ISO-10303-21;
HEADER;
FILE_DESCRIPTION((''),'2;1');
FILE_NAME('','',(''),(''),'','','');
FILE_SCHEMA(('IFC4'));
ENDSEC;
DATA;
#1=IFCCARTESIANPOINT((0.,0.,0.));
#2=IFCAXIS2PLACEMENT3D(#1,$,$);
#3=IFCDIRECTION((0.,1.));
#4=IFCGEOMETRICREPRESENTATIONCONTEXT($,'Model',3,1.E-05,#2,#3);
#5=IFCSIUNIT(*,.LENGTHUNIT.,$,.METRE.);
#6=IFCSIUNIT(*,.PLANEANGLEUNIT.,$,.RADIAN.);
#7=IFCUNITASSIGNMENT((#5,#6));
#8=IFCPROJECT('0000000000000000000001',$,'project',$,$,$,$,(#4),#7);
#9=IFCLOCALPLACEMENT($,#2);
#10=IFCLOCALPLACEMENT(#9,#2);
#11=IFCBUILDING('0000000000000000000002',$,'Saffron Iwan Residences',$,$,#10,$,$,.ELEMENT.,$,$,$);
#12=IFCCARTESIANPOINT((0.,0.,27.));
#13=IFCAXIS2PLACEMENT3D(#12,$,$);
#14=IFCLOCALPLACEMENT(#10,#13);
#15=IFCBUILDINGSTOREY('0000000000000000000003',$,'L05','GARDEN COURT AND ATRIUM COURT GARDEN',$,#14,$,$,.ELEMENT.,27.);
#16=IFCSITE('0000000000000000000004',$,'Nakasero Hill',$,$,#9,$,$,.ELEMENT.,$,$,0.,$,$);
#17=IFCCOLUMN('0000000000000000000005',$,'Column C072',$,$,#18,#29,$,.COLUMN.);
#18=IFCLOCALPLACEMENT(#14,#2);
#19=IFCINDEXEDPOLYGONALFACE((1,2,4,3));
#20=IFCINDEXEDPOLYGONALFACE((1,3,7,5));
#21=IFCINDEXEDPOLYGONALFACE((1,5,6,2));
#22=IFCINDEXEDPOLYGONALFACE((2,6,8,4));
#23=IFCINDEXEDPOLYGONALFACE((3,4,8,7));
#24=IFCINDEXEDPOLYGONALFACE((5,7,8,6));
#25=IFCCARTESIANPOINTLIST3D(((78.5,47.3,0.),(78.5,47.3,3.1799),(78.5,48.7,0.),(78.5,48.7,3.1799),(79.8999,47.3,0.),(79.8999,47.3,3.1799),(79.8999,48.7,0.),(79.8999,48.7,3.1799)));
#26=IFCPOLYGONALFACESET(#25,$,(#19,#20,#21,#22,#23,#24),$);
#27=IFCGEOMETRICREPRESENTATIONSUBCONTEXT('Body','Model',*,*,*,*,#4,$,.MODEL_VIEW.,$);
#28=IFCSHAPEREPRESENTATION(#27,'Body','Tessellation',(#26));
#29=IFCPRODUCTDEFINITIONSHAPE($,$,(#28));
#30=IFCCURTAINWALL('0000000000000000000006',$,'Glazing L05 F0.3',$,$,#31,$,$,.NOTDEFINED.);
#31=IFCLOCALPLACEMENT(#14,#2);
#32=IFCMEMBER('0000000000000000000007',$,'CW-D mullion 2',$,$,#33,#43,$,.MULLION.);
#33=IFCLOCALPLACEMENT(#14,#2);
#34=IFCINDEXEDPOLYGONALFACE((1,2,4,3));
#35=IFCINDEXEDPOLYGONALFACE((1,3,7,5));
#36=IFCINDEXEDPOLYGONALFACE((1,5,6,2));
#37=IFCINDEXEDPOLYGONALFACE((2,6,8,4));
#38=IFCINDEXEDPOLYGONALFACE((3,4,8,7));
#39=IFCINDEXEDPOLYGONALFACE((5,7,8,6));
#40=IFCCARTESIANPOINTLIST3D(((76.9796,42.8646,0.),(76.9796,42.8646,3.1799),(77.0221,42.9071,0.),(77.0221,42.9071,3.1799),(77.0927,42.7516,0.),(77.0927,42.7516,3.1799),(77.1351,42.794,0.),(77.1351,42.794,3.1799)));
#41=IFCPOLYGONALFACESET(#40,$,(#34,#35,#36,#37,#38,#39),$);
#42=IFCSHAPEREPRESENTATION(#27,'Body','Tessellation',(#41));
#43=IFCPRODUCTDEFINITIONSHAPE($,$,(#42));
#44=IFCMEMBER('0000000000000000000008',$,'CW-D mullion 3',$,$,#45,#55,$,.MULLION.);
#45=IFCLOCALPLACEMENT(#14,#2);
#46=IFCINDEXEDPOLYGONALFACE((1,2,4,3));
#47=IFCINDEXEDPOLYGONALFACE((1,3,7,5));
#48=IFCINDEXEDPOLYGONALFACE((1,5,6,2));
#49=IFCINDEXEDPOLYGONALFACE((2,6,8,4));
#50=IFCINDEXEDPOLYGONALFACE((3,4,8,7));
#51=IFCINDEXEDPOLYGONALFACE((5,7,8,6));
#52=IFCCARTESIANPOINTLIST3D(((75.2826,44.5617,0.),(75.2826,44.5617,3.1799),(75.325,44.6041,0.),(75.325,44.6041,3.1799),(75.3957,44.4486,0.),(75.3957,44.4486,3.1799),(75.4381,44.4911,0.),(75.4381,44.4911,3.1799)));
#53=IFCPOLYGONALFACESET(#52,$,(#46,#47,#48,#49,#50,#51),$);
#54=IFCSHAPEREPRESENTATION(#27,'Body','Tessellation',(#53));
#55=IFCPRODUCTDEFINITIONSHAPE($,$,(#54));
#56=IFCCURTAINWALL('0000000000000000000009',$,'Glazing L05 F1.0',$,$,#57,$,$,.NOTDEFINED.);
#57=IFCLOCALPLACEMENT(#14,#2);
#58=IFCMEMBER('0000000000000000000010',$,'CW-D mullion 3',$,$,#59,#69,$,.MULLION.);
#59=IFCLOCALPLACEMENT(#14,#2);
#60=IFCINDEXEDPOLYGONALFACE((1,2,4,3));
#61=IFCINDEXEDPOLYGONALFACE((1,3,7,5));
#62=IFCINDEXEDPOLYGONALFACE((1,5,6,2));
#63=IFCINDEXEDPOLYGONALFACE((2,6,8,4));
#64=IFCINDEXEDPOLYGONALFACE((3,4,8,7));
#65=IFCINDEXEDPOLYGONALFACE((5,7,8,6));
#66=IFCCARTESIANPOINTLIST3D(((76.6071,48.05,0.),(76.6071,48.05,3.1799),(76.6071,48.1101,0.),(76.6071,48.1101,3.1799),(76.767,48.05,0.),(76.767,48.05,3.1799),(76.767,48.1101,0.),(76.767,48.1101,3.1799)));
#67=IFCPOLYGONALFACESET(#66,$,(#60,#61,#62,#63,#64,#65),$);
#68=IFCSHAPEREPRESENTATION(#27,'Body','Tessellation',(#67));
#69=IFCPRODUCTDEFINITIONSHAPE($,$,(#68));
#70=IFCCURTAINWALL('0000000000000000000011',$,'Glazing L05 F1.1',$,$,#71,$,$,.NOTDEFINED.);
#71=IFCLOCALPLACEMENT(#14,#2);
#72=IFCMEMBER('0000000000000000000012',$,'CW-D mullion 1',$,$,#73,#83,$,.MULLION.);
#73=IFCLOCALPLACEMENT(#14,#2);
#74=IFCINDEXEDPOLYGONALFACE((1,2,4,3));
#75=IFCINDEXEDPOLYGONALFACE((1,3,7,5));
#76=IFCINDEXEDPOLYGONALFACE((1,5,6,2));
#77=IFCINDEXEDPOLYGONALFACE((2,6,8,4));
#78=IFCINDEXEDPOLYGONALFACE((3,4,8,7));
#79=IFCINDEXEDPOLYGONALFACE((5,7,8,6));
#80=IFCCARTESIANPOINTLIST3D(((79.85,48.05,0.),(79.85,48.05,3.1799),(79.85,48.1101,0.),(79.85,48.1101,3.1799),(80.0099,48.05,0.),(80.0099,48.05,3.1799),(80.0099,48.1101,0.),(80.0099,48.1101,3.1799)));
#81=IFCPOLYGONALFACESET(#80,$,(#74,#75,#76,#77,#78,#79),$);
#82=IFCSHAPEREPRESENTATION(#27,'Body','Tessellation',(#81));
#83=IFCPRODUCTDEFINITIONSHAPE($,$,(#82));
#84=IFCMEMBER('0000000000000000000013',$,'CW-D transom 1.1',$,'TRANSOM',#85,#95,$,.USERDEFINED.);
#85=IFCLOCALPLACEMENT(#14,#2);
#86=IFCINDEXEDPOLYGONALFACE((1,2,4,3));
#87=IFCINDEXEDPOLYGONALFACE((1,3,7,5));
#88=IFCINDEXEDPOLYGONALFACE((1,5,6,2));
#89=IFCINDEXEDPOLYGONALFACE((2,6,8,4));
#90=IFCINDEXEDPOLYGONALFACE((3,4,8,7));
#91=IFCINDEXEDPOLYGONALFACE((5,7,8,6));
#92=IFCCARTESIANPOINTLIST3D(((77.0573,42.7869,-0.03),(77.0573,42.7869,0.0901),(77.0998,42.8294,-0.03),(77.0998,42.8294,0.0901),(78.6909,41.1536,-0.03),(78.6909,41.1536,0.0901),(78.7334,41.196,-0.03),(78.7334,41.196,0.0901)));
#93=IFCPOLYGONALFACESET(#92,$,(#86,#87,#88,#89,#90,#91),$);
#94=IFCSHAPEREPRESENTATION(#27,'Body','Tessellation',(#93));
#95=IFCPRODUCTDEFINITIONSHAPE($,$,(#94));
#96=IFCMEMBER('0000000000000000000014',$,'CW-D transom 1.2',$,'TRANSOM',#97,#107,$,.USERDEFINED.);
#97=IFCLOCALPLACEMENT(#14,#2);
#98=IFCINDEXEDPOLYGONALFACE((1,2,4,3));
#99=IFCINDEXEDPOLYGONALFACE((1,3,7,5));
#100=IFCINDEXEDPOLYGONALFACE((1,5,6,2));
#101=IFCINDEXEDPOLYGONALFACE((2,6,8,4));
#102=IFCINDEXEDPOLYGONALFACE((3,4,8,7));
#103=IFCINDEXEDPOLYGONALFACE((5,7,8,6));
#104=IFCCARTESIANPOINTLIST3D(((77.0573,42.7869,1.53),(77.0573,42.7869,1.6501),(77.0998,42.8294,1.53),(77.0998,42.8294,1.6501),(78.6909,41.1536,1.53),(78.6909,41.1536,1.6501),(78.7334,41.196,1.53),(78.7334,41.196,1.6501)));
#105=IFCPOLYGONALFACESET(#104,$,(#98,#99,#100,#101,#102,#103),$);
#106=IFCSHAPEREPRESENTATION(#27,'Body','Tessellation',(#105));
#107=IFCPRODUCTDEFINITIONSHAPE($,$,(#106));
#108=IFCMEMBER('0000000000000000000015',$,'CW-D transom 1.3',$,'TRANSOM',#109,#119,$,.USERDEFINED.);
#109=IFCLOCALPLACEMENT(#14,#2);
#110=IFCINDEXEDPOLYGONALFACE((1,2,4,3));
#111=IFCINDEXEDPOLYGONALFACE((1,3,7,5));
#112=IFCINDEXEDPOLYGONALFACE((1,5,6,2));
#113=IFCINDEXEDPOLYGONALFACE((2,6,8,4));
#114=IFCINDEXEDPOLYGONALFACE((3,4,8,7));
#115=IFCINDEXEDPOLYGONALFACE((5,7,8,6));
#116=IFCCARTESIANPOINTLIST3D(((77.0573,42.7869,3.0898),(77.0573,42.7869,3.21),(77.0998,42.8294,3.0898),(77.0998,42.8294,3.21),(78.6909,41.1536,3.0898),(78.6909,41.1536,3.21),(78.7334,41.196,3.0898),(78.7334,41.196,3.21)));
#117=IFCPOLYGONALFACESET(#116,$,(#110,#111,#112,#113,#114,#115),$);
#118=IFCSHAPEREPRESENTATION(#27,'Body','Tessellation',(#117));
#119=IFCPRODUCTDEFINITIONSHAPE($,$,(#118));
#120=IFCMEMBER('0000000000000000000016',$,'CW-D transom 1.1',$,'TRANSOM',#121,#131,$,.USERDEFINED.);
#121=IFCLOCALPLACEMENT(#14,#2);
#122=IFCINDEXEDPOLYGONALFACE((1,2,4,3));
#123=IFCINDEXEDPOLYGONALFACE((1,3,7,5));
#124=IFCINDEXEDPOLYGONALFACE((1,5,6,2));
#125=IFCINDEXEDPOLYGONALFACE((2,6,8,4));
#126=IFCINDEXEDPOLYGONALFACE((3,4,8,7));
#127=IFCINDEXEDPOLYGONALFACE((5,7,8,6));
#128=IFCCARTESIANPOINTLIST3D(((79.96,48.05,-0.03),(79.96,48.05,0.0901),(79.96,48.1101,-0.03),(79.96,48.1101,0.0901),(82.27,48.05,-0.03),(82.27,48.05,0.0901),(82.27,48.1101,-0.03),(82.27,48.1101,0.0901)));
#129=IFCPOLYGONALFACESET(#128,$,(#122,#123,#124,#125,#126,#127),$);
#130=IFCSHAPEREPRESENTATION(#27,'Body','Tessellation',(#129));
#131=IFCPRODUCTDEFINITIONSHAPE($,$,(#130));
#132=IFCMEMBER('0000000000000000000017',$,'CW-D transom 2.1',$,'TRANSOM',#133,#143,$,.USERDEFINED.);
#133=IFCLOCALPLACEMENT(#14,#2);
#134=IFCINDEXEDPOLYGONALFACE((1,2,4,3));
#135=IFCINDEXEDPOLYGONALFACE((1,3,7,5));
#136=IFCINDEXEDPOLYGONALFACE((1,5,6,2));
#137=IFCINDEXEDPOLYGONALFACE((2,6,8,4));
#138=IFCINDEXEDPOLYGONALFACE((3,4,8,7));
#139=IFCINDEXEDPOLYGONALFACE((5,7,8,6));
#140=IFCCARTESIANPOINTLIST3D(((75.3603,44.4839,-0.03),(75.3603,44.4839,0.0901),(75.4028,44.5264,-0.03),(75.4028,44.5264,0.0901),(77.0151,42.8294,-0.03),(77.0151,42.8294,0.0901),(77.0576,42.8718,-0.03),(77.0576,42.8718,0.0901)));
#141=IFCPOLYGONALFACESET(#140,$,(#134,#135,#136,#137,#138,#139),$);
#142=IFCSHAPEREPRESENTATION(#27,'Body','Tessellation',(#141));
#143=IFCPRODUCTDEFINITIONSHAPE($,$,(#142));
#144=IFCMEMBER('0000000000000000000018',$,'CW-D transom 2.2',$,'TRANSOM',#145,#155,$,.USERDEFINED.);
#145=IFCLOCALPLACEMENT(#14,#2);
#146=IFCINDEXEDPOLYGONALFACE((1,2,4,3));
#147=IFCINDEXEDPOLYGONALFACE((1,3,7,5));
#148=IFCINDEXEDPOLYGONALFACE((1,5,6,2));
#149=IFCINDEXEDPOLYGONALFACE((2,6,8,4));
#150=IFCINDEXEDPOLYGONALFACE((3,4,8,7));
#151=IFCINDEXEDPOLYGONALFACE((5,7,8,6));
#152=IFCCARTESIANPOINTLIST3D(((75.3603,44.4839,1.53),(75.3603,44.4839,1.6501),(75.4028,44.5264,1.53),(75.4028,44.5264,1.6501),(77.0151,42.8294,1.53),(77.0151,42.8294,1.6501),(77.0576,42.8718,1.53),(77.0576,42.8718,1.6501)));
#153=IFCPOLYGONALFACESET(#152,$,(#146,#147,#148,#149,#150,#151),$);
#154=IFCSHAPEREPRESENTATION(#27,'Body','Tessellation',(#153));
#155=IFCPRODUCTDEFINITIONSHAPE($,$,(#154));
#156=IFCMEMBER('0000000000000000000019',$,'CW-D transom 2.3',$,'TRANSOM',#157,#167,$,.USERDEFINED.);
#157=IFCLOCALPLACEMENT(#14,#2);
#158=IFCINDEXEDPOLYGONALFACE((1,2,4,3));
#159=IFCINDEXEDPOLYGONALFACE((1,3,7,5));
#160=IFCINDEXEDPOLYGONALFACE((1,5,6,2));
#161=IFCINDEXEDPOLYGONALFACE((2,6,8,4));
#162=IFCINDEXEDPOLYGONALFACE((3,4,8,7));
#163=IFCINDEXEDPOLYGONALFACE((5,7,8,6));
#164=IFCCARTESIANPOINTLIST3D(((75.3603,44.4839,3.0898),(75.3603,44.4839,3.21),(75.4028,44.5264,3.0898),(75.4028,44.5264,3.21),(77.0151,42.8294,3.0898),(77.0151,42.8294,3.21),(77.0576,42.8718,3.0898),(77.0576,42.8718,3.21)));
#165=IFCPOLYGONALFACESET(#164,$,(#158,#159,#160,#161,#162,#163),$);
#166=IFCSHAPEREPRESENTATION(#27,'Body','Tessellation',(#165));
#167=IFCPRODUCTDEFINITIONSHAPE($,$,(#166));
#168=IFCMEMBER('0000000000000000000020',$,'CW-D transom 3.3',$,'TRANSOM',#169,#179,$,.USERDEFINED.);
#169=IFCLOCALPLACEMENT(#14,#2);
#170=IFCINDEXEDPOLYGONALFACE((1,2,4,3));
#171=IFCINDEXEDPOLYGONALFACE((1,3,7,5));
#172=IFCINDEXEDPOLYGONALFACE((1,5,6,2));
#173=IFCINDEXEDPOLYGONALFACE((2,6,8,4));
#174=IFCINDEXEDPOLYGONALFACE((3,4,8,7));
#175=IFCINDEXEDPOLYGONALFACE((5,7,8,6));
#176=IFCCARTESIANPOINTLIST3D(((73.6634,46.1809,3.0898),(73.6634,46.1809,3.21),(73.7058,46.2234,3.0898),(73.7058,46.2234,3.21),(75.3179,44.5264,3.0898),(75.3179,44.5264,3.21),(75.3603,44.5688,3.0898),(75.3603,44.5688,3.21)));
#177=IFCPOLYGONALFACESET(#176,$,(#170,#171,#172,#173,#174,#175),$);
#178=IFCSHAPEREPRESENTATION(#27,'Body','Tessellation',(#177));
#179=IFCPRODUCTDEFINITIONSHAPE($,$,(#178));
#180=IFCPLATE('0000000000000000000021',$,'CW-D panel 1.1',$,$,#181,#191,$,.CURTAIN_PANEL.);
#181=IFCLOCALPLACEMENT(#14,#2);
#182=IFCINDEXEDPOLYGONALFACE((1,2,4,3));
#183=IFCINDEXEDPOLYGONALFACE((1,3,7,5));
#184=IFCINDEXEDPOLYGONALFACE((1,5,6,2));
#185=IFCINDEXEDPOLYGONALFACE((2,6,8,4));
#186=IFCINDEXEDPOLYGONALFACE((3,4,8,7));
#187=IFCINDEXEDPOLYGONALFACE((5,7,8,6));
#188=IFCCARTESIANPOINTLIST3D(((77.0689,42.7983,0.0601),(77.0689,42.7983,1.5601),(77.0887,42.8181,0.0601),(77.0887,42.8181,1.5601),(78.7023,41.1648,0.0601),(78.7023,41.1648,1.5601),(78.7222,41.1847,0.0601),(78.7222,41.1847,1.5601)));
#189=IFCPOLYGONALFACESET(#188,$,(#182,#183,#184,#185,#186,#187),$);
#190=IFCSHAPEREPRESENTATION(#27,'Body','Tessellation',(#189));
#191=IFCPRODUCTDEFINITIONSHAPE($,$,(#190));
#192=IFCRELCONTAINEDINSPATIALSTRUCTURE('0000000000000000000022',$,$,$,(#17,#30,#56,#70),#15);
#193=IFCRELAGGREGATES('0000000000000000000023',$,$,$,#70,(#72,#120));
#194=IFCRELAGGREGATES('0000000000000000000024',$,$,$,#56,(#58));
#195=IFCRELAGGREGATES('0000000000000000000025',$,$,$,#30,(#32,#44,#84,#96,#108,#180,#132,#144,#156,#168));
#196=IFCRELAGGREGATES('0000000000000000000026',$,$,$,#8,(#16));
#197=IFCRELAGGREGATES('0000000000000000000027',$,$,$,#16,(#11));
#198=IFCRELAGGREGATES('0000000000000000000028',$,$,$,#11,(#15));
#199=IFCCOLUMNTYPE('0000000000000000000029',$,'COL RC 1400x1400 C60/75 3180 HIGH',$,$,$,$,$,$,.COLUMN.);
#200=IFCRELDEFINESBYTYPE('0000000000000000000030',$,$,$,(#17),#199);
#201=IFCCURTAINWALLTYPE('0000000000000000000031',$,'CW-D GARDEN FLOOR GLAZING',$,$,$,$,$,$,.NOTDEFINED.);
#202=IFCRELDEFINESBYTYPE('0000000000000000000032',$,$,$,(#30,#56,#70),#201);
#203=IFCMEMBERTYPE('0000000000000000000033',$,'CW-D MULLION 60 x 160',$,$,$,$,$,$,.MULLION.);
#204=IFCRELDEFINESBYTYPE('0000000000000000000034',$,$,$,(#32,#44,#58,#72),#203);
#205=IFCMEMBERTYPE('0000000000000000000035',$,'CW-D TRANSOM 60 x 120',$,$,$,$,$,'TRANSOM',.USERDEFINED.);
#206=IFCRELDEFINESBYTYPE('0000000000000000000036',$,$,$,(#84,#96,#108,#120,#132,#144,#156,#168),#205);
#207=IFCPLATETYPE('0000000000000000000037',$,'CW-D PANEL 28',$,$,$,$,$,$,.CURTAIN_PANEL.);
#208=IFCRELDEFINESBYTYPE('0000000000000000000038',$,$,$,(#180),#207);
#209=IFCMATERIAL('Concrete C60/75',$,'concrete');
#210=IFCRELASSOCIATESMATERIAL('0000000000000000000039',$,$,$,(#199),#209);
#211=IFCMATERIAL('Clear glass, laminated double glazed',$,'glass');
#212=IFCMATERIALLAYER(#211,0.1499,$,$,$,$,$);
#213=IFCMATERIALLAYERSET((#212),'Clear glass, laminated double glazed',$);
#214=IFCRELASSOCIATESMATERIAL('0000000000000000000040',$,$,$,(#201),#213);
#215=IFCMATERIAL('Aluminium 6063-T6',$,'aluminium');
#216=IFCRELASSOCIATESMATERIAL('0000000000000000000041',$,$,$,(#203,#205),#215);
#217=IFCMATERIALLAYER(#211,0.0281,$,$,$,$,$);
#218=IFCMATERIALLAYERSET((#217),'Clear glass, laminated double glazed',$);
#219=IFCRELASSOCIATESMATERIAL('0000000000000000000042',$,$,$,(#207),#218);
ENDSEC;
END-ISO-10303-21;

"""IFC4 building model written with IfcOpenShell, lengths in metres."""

from ifc_helpers import new_model, si_unit, direction, frame, origin, origin_2d, place, context, subcontext, project, spatial, rectangle, extrude, source, transform, mapped, material, layer, layer_set, material_profile, profile_set, type_object, element, aggregate, save


model = new_model("IFC4")

# Units and contexts
model_context = context("Model", 3, precision=1e-05, world=origin(), true_north=direction((0.0, 1.0)))
body_context = subcontext(model_context, "Body", "Model", "MODEL_VIEW")
ifc_project = project(units=[si_unit("LENGTHUNIT", "METRE"), si_unit("PLANEANGLEUNIT", "RADIAN")], contexts=[model_context])

# Site, building, storey
site_placement = place(None, origin())
site = spatial("IfcSite", under=ifc_project, at=site_placement, Name="Nakasero Hill", CompositionType="ELEMENT", RefElevation=0.0)
building_placement = place(site_placement, origin())
building = spatial("IfcBuilding", under=site, at=building_placement, Name="Saffron Iwan Residences", CompositionType="ELEMENT")
storey_placement = place(building_placement, frame((0.0, 0.0, 27.0)))
storey = spatial("IfcBuildingStorey", under=building, at=storey_placement, Name="L05", Description="GARDEN COURT AND ATRIUM COURT GARDEN", CompositionType="ELEMENT", Elevation=27.0)

# Column
ifc_material_1 = material(Name="Concrete C60/75", Category="concrete")
ifc_material_profile_1 = material_profile(ifc_material_1, rectangle(XDim=1.3999, YDim=1.3999, at=origin_2d()), Name="RC 1400x1400")
ifc_profile_set_1 = profile_set([ifc_material_profile_1], Name="Concrete C60/75")
column_type = type_object("IfcColumnType", Name="COL RC 1400x1400 C60/75 3180 HIGH", PredefinedType="COLUMN", material=ifc_profile_set_1)
shared_shape_1 = source(origin(), body_context, "Body", "SweptSolid", [
    extrude(rectangle(XDim=1.3999, YDim=1.3999, at=origin_2d()), origin(), (0.0, 0.0, 1.0), 3.1799),
])
column_placement = place(storey_placement, frame((79.2, 48.0, 0.0), z_axis=(0.0, 0.0, 1.0), x_axis=(1.0, 0.0, 0.0)))
element("IfcColumn", 1, at=column_placement, inside=storey, type_object=column_type, Name="Column C072", PredefinedType="COLUMN", context=body_context, shape_type="MappedRepresentation", body=[
    mapped(shared_shape_1, transform((0.0, 0.0, 0.0))),
])

# Curtain wall, members
ifc_material_2 = material(Name="Clear glass, laminated double glazed", Category="glass")
ifc_layer_1 = layer(ifc_material_2, 0.1499)
ifc_layer_set_1 = layer_set([ifc_layer_1], Name="Clear glass, laminated double glazed")
curtain_wall_type = type_object("IfcCurtainWallType", Name="CW-D GARDEN FLOOR GLAZING", PredefinedType="NOTDEFINED", material=ifc_layer_set_1)
curtain_wall_1_placement = place(storey_placement, origin())
curtain_wall_1 = element("IfcCurtainWall", 2, at=curtain_wall_1_placement, inside=storey, type_object=curtain_wall_type, Name="Glazing L05 F0.3", PredefinedType="NOTDEFINED")
ifc_material_3 = material(Name="Aluminium 6063-T6", Category="aluminium")
ifc_material_profile_2 = material_profile(ifc_material_3, rectangle(XDim=0.0601, YDim=0.1599, at=origin_2d()), Name="CW-D MULLION 60 x 160")
ifc_profile_set_2 = profile_set([ifc_material_profile_2], Name="Aluminium 6063-T6")
member_type_1 = type_object("IfcMemberType", Name="CW-D MULLION 60 x 160", PredefinedType="MULLION", material=ifc_profile_set_2)
shared_shape_2 = source(origin(), body_context, "Body", "SweptSolid", [
    extrude(rectangle(XDim=0.0601, YDim=0.1599, at=origin_2d()), origin(), (0.0, 0.0, 1.0), 3.1799),
])
member_1_placement = place(storey_placement, frame((77.0574, 42.8293, 0.0), z_axis=(0.0, 0.0, 1.0), x_axis=(-0.707107, -0.707107, 0.0)))
member_1 = element("IfcMember", 3, at=member_1_placement, type_object=member_type_1, Name="CW-D mullion 2", PredefinedType="MULLION", context=body_context, shape_type="MappedRepresentation", body=[
    mapped(shared_shape_2, transform((0.0, 0.0, 0.0))),
])
member_2_placement = place(storey_placement, frame((75.3604, 44.5264, 0.0), z_axis=(0.0, 0.0, 1.0), x_axis=(-0.707107, -0.707107, 0.0)))
member_2 = element("IfcMember", 4, at=member_2_placement, type_object=member_type_1, Name="CW-D mullion 3", PredefinedType="MULLION", context=body_context, shape_type="MappedRepresentation", body=[
    mapped(shared_shape_2, transform((0.0, 0.0, 0.0))),
])

# Curtain walls, members
curtain_wall_2_placement = place(storey_placement, origin())
curtain_wall_2 = element("IfcCurtainWall", 5, at=curtain_wall_2_placement, inside=storey, type_object=curtain_wall_type, Name="Glazing L05 F1.0", PredefinedType="NOTDEFINED")
member_3_placement = place(storey_placement, frame((76.687, 48.0801, 0.0), z_axis=(0.0, 0.0, 1.0), x_axis=(0.0, 1.0, 0.0)))
member_3 = element("IfcMember", 6, at=member_3_placement, type_object=member_type_1, Name="CW-D mullion 3", PredefinedType="MULLION", context=body_context, shape_type="MappedRepresentation", body=[
    mapped(shared_shape_2, transform((0.0, 0.0, 0.0))),
])
curtain_wall_3_placement = place(storey_placement, origin())
curtain_wall_3 = element("IfcCurtainWall", 7, at=curtain_wall_3_placement, inside=storey, type_object=curtain_wall_type, Name="Glazing L05 F1.1", PredefinedType="NOTDEFINED")
member_4_placement = place(storey_placement, frame((79.9299, 48.0801, 0.0), z_axis=(0.0, 0.0, 1.0), x_axis=(0.0, 1.0, 0.0)))
member_4 = element("IfcMember", 8, at=member_4_placement, type_object=member_type_1, Name="CW-D mullion 1", PredefinedType="MULLION", context=body_context, shape_type="MappedRepresentation", body=[
    mapped(shared_shape_2, transform((0.0, 0.0, 0.0))),
])

# Members
ifc_material_profile_3 = material_profile(ifc_material_3, rectangle(XDim=0.0601, YDim=0.1201, at=origin_2d()), Name="CW-D TRANSOM 60 x 120")
ifc_profile_set_3 = profile_set([ifc_material_profile_3], Name="Aluminium 6063-T6")
member_type_2 = type_object("IfcMemberType", Name="CW-D TRANSOM 60 x 120", ElementType="TRANSOM", PredefinedType="USERDEFINED", material=ifc_profile_set_3)
shared_shape_3 = source(origin(), body_context, "Body", "SweptSolid", [
    extrude(rectangle(XDim=0.0601, YDim=0.1201, at=origin_2d()), origin(), (0.0, 0.0, 1.0), 2.3101),
])
member_5_placement = place(storey_placement, frame((78.7122, 41.1748, 0.03), z_axis=(-0.70716, 0.707054, 0.0), x_axis=(-0.707054, -0.70716, 0.0)))
member_5 = element("IfcMember", 9, at=member_5_placement, type_object=member_type_2, Name="CW-D transom 1.1", ObjectType="TRANSOM", PredefinedType="USERDEFINED", context=body_context, shape_type="MappedRepresentation", body=[
    mapped(shared_shape_3, transform((0.0, 0.0, 0.0))),
])
member_6_placement = place(storey_placement, frame((78.7122, 41.1748, 1.5901), z_axis=(-0.70716, 0.707054, 0.0), x_axis=(-0.707054, -0.70716, 0.0)))
member_6 = element("IfcMember", 10, at=member_6_placement, type_object=member_type_2, Name="CW-D transom 1.2", ObjectType="TRANSOM", PredefinedType="USERDEFINED", context=body_context, shape_type="MappedRepresentation", body=[
    mapped(shared_shape_3, transform((0.0, 0.0, 0.0))),
])
member_7_placement = place(storey_placement, frame((78.7122, 41.1748, 3.1499), z_axis=(-0.70716, 0.707054, 0.0), x_axis=(-0.707054, -0.70716, 0.0)))
member_7 = element("IfcMember", 11, at=member_7_placement, type_object=member_type_2, Name="CW-D transom 1.3", ObjectType="TRANSOM", PredefinedType="USERDEFINED", context=body_context, shape_type="MappedRepresentation", body=[
    mapped(shared_shape_3, transform((0.0, 0.0, 0.0))),
])
member_8_placement = place(storey_placement, frame((79.96, 48.0801, 0.03), z_axis=(1.0, 0.0, 0.0), x_axis=(0.0, 1.0, 0.0)))
member_8 = element("IfcMember", 12, at=member_8_placement, type_object=member_type_2, Name="CW-D transom 1.1", ObjectType="TRANSOM", PredefinedType="USERDEFINED", context=body_context, shape_type="MappedRepresentation", body=[
    mapped(shared_shape_3, transform((0.0, 0.0, 0.0))),
])
aggregate(curtain_wall_3, [member_4, member_8])
shared_shape_4 = source(origin(), body_context, "Body", "SweptSolid", [
    extrude(rectangle(XDim=0.0601, YDim=0.1201, at=origin_2d()), origin(), (0.0, 0.0, 1.0), 2.3401),
])
member_9_placement = place(storey_placement, frame((77.0364, 42.8506, 0.03), z_axis=(-0.707159, 0.707055, 0.0), x_axis=(-0.707055, -0.707159, 0.0)))
member_9 = element("IfcMember", 13, at=member_9_placement, type_object=member_type_2, Name="CW-D transom 2.1", ObjectType="TRANSOM", PredefinedType="USERDEFINED", context=body_context, shape_type="MappedRepresentation", body=[
    mapped(shared_shape_4, transform((0.0, 0.0, 0.0))),
])
member_10_placement = place(storey_placement, frame((77.0364, 42.8506, 1.5901), z_axis=(-0.707159, 0.707055, 0.0), x_axis=(-0.707055, -0.707159, 0.0)))
member_10 = element("IfcMember", 14, at=member_10_placement, type_object=member_type_2, Name="CW-D transom 2.2", ObjectType="TRANSOM", PredefinedType="USERDEFINED", context=body_context, shape_type="MappedRepresentation", body=[
    mapped(shared_shape_4, transform((0.0, 0.0, 0.0))),
])
member_11_placement = place(storey_placement, frame((77.0364, 42.8506, 3.1499), z_axis=(-0.707159, 0.707055, 0.0), x_axis=(-0.707055, -0.707159, 0.0)))
member_11 = element("IfcMember", 15, at=member_11_placement, type_object=member_type_2, Name="CW-D transom 2.3", ObjectType="TRANSOM", PredefinedType="USERDEFINED", context=body_context, shape_type="MappedRepresentation", body=[
    mapped(shared_shape_4, transform((0.0, 0.0, 0.0))),
])
shared_shape_5 = source(origin(), body_context, "Body", "SweptSolid", [
    extrude(rectangle(XDim=0.0601, YDim=0.1201, at=origin_2d()), origin(), (0.0, 0.0, 1.0), 2.3398),
])
member_12_placement = place(storey_placement, frame((75.3391, 44.5476, 3.1499), z_axis=(-0.707107, 0.707107, 0.0), x_axis=(-0.707107, -0.707107, 0.0)))
member_12 = element("IfcMember", 16, at=member_12_placement, type_object=member_type_2, Name="CW-D transom 3.3", ObjectType="TRANSOM", PredefinedType="USERDEFINED", context=body_context, shape_type="MappedRepresentation", body=[
    mapped(shared_shape_5, transform((0.0, 0.0, 0.0))),
])

# Plate
ifc_layer_2 = layer(ifc_material_2, 0.0281)
ifc_layer_set_2 = layer_set([ifc_layer_2], Name="Clear glass, laminated double glazed")
plate_type = type_object("IfcPlateType", Name="CW-D PANEL 28", PredefinedType="CURTAIN_PANEL", material=ifc_layer_set_2)
shared_shape_6 = source(origin(), body_context, "Body", "SweptSolid", [
    extrude(rectangle(XDim=2.3101, YDim=0.0281, at=origin_2d()), origin(), (0.0, 0.0, 1.0), 1.5),
])
plate_1_placement = place(storey_placement, frame((77.8955, 41.9915, 0.0601), z_axis=(0.0, 0.0, 1.0), x_axis=(-0.707107, 0.707107, 0.0)))
plate_1 = element("IfcPlate", 17, at=plate_1_placement, type_object=plate_type, Name="CW-D panel 1.1", PredefinedType="CURTAIN_PANEL", context=body_context, shape_type="MappedRepresentation", body=[
    mapped(shared_shape_6, transform((0.0, 0.0, 0.0))),
])
aggregate(curtain_wall_2, [member_3])
aggregate(curtain_wall_1, [member_1, member_2, member_5, member_6, member_7, plate_1, member_9, member_10, member_11, member_12])

save(model, "model.ifc")
